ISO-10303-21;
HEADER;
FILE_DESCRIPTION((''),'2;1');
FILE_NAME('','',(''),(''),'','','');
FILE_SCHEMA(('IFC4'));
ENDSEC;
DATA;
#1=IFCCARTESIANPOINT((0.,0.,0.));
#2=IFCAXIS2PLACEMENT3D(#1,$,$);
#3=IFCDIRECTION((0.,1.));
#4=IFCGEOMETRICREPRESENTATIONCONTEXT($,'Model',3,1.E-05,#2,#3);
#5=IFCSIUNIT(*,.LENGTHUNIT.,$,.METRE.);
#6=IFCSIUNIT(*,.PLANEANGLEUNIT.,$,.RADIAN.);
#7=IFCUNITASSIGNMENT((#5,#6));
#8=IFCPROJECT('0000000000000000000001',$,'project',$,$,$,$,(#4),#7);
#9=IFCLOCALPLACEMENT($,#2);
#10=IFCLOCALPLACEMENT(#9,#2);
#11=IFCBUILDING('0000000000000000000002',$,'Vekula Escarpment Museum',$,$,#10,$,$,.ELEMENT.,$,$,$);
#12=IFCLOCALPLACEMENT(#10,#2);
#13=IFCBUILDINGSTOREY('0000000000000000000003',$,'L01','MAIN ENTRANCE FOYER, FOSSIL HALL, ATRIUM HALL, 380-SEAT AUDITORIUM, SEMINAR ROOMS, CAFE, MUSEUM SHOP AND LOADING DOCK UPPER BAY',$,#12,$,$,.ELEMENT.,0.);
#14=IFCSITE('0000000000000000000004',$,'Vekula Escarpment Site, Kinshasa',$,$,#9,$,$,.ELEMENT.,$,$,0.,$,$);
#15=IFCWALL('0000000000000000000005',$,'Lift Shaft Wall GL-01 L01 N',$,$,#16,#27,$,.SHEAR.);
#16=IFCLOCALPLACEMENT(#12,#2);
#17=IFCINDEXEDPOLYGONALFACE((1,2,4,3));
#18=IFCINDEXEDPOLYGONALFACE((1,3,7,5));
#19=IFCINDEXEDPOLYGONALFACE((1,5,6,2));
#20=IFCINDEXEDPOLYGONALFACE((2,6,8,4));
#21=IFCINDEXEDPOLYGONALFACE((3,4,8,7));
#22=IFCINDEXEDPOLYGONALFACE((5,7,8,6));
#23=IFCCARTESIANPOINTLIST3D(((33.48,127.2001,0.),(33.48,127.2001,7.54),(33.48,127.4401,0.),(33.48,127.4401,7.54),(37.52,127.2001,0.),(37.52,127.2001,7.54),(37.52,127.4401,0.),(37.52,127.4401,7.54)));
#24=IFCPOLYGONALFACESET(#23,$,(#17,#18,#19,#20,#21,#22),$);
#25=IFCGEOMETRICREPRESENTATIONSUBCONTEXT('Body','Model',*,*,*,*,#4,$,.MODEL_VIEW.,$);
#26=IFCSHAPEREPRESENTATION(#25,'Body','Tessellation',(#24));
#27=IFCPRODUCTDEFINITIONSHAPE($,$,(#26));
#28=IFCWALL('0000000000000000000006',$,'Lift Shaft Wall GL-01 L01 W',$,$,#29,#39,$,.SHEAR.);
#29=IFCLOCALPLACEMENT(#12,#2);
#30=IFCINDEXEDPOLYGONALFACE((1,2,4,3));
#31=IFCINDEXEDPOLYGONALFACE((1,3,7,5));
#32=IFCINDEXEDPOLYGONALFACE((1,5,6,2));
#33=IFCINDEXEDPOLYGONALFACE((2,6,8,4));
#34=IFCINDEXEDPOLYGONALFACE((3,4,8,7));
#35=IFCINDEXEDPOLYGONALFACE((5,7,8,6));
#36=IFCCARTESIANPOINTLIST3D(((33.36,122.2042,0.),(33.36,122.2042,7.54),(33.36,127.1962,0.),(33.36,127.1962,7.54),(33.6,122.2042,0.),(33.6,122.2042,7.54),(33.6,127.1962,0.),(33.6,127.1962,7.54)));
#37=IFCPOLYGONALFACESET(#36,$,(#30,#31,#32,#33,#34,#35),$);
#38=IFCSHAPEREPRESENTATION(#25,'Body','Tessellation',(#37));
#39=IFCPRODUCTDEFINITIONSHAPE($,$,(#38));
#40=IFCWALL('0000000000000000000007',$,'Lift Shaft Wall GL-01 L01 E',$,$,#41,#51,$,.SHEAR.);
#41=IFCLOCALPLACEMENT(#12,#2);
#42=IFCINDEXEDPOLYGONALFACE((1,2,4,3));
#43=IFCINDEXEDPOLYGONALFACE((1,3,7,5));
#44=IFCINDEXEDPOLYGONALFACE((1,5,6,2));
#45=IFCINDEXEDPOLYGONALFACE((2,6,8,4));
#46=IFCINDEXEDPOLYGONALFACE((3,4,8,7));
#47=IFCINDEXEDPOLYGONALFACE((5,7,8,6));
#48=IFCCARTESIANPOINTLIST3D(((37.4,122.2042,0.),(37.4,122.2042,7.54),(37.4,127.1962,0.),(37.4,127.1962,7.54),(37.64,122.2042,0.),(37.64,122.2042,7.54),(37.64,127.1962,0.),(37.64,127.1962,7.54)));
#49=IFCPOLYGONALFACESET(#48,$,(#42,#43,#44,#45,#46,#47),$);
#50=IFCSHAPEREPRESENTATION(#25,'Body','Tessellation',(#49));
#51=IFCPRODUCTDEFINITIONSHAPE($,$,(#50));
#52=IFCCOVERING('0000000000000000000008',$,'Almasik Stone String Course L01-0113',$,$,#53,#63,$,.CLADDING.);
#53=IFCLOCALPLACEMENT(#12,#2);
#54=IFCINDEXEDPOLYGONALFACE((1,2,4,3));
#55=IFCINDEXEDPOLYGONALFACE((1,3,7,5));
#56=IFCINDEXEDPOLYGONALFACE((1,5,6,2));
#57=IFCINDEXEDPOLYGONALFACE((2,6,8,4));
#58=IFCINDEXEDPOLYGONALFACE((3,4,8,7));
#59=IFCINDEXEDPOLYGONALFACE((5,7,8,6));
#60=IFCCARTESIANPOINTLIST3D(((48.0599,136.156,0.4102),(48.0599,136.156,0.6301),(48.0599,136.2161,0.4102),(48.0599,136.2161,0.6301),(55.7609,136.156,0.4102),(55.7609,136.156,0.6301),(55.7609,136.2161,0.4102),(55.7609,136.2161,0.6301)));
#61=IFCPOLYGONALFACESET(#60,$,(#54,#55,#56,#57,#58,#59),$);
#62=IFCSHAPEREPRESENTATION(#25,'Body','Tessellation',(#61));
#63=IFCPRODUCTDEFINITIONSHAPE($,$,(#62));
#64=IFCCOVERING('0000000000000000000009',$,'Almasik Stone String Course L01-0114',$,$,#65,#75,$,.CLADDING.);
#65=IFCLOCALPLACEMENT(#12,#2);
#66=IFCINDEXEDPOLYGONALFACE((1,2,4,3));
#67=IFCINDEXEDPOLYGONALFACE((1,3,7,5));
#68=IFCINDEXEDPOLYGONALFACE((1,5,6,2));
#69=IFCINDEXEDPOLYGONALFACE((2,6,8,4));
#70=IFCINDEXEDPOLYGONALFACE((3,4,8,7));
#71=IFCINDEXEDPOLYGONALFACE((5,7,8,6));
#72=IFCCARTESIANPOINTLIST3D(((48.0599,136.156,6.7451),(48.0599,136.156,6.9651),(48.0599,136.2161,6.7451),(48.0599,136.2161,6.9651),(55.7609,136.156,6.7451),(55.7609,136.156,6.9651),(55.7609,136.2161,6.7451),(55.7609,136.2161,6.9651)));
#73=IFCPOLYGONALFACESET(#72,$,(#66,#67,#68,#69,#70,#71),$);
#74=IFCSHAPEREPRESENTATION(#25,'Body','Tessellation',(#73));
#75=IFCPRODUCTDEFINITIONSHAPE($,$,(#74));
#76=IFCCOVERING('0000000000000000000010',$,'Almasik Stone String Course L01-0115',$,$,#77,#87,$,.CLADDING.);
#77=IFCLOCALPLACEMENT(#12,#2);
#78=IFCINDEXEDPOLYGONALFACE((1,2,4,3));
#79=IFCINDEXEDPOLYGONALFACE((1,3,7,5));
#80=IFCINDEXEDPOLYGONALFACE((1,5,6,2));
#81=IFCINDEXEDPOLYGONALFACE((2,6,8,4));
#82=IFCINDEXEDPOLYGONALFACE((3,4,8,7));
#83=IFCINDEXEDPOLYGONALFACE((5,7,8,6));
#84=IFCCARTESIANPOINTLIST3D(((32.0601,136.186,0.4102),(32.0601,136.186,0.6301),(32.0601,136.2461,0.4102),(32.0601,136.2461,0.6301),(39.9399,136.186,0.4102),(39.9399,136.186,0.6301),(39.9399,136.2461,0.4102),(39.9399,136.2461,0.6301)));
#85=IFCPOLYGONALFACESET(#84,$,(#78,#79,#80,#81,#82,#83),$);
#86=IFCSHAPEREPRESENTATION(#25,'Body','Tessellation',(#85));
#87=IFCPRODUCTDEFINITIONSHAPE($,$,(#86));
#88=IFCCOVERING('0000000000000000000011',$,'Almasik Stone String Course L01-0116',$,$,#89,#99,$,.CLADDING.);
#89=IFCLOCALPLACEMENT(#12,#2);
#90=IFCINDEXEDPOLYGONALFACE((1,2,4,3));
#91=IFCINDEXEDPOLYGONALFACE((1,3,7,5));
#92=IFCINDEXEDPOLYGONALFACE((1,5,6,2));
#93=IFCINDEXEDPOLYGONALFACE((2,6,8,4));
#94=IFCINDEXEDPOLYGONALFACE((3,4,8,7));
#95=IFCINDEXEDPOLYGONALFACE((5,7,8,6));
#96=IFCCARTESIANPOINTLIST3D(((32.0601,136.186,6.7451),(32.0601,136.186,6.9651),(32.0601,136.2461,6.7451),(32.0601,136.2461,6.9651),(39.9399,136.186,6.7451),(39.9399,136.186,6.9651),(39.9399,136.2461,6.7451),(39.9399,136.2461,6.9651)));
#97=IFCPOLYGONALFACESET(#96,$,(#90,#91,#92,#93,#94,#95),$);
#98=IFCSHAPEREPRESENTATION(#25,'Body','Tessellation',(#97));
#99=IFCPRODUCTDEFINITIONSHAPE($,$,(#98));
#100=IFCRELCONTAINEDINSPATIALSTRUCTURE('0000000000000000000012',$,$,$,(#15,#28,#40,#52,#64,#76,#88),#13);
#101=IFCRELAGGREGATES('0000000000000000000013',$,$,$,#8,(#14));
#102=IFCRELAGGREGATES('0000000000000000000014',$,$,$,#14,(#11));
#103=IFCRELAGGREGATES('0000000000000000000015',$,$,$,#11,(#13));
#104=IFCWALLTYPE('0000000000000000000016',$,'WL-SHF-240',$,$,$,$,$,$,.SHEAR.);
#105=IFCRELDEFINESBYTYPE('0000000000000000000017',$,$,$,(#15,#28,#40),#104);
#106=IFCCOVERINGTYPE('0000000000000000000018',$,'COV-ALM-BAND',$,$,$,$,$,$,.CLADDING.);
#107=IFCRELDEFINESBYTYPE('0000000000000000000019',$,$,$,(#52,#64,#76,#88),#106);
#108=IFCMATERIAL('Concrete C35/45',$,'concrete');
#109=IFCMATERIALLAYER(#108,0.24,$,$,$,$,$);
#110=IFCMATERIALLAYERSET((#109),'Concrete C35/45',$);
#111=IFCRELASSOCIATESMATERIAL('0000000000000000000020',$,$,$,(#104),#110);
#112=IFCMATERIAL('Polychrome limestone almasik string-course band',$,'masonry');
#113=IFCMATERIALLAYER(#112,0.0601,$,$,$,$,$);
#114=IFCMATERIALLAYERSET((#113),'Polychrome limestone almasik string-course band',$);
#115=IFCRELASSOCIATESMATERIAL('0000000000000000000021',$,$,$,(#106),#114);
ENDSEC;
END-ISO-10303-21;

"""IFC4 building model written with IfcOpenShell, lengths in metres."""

from ifc_helpers import new_model, si_unit, direction, frame, frame_2d, origin, origin_2d, place, context, subcontext, project, spatial, rectangle, extrude, material, layer, layer_set, type_object, element, save


model = new_model("IFC4")

# Units and contexts
model_context = context("Model", 3, precision=1e-05, world=origin(), true_north=direction((0.0, 1.0)))
body_context = subcontext(model_context, "Body", "Model", "MODEL_VIEW")
ifc_project = project(units=[si_unit("LENGTHUNIT", "METRE"), si_unit("PLANEANGLEUNIT", "RADIAN")], contexts=[model_context])

# Site, building, storey
site_placement = place(None, origin())
site = spatial("IfcSite", under=ifc_project, at=site_placement, Name="Vekula Escarpment Site, Kinshasa", CompositionType="ELEMENT", RefElevation=0.0)
building_placement = place(site_placement, origin())
building = spatial("IfcBuilding", under=site, at=building_placement, Name="Vekula Escarpment Museum", CompositionType="ELEMENT")
storey_placement = place(building_placement, origin())
storey = spatial("IfcBuildingStorey", under=building, at=storey_placement, Name="L01", Description="MAIN ENTRANCE FOYER, FOSSIL HALL, ATRIUM HALL, 380-SEAT AUDITORIUM, SEMINAR ROOMS, CAFE, MUSEUM SHOP AND LOADING DOCK UPPER BAY", CompositionType="ELEMENT", Elevation=0.0)

# Walls
ifc_material_1 = material(Name="Concrete C35/45", Category="concrete")
ifc_layer_1 = layer(ifc_material_1, 0.24)
ifc_layer_set_1 = layer_set([ifc_layer_1], Name="Concrete C35/45")
wall_type_1 = type_object("IfcWallType", Name="WL-SHF-240", PredefinedType="SHEAR", material=ifc_layer_set_1)
wall_1_placement = place(storey_placement, frame((33.48, 127.3201, 0.0), z_axis=(0.0, 0.0, 1.0), x_axis=(1.0, 0.0, 0.0)))
element("IfcWall", 1, at=wall_1_placement, inside=storey, type_object=wall_type_1, Name="Lift Shaft Wall GL-01 L01 N", PredefinedType="SHEAR", context=body_context, shape_type="SweptSolid", body=[
    extrude(rectangle(XDim=4.04, YDim=0.24, at=frame_2d((2.02, 0.0))), origin(), (0.0, 0.0, 1.0), 7.54),
])
for number, where, z_axis, x_axis, name in (
    (2, (33.48, 122.2041, 0.0), (0.0, 0.0, 1.0), (0.0, 1.0, 0.0), "Lift Shaft Wall GL-01 L01 W"),
    (3, (37.52, 122.2041, 0.0), (0.0, 0.0, 1.0), (0.0, 1.0, 0.0), "Lift Shaft Wall GL-01 L01 E"),
):
    element("IfcWall", number, at=place(storey_placement, frame(where, z_axis=z_axis, x_axis=x_axis)), inside=storey, type_object=wall_type_1, Name=name, PredefinedType="SHEAR", context=body_context, shape_type="SweptSolid", body=[
        extrude(rectangle(XDim=4.9919, YDim=0.24, at=frame_2d((2.4961, 0.0))), origin(), (0.0, 0.0, 1.0), 7.54),
    ])

# Coverings
ifc_material_2 = material(Name="Polychrome limestone almasik string-course band", Category="masonry")
ifc_layer_2 = layer(ifc_material_2, 0.0601)
ifc_layer_set_2 = layer_set([ifc_layer_2], Name="Polychrome limestone almasik string-course band")
covering_type = type_object("IfcCoveringType", Name="COV-ALM-BAND", PredefinedType="CLADDING", material=ifc_layer_set_2)
for number, where, z_axis, x_axis, name in (
    (4, (51.9104, 136.186, 0.4102), (0.0, 0.0, 1.0), (1.0, 0.0, 0.0), "Almasik Stone String Course L01-0113"),
    (5, (51.9104, 136.186, 6.7451), (0.0, 0.0, 1.0), (1.0, 0.0, 0.0), "Almasik Stone String Course L01-0114"),
):
    element("IfcCovering", number, at=place(storey_placement, frame(where, z_axis=z_axis, x_axis=x_axis)), inside=storey, type_object=covering_type, Name=name, PredefinedType="CLADDING", context=body_context, shape_type="SweptSolid", body=[
        extrude(rectangle(XDim=7.7009, YDim=0.0601, at=origin_2d()), origin(), (0.0, 0.0, 1.0), 0.22),
    ])
for number, where, z_axis, x_axis, name in (
    (6, (36.0, 136.2161, 0.4102), (0.0, 0.0, 1.0), (1.0, 0.0, 0.0), "Almasik Stone String Course L01-0115"),
    (7, (36.0, 136.2161, 6.7451), (0.0, 0.0, 1.0), (1.0, 0.0, 0.0), "Almasik Stone String Course L01-0116"),
):
    element("IfcCovering", number, at=place(storey_placement, frame(where, z_axis=z_axis, x_axis=x_axis)), inside=storey, type_object=covering_type, Name=name, PredefinedType="CLADDING", context=body_context, shape_type="SweptSolid", body=[
        extrude(rectangle(XDim=7.8799, YDim=0.0601, at=origin_2d()), origin(), (0.0, 0.0, 1.0), 0.22),
    ])

save(model, "model.ifc")
